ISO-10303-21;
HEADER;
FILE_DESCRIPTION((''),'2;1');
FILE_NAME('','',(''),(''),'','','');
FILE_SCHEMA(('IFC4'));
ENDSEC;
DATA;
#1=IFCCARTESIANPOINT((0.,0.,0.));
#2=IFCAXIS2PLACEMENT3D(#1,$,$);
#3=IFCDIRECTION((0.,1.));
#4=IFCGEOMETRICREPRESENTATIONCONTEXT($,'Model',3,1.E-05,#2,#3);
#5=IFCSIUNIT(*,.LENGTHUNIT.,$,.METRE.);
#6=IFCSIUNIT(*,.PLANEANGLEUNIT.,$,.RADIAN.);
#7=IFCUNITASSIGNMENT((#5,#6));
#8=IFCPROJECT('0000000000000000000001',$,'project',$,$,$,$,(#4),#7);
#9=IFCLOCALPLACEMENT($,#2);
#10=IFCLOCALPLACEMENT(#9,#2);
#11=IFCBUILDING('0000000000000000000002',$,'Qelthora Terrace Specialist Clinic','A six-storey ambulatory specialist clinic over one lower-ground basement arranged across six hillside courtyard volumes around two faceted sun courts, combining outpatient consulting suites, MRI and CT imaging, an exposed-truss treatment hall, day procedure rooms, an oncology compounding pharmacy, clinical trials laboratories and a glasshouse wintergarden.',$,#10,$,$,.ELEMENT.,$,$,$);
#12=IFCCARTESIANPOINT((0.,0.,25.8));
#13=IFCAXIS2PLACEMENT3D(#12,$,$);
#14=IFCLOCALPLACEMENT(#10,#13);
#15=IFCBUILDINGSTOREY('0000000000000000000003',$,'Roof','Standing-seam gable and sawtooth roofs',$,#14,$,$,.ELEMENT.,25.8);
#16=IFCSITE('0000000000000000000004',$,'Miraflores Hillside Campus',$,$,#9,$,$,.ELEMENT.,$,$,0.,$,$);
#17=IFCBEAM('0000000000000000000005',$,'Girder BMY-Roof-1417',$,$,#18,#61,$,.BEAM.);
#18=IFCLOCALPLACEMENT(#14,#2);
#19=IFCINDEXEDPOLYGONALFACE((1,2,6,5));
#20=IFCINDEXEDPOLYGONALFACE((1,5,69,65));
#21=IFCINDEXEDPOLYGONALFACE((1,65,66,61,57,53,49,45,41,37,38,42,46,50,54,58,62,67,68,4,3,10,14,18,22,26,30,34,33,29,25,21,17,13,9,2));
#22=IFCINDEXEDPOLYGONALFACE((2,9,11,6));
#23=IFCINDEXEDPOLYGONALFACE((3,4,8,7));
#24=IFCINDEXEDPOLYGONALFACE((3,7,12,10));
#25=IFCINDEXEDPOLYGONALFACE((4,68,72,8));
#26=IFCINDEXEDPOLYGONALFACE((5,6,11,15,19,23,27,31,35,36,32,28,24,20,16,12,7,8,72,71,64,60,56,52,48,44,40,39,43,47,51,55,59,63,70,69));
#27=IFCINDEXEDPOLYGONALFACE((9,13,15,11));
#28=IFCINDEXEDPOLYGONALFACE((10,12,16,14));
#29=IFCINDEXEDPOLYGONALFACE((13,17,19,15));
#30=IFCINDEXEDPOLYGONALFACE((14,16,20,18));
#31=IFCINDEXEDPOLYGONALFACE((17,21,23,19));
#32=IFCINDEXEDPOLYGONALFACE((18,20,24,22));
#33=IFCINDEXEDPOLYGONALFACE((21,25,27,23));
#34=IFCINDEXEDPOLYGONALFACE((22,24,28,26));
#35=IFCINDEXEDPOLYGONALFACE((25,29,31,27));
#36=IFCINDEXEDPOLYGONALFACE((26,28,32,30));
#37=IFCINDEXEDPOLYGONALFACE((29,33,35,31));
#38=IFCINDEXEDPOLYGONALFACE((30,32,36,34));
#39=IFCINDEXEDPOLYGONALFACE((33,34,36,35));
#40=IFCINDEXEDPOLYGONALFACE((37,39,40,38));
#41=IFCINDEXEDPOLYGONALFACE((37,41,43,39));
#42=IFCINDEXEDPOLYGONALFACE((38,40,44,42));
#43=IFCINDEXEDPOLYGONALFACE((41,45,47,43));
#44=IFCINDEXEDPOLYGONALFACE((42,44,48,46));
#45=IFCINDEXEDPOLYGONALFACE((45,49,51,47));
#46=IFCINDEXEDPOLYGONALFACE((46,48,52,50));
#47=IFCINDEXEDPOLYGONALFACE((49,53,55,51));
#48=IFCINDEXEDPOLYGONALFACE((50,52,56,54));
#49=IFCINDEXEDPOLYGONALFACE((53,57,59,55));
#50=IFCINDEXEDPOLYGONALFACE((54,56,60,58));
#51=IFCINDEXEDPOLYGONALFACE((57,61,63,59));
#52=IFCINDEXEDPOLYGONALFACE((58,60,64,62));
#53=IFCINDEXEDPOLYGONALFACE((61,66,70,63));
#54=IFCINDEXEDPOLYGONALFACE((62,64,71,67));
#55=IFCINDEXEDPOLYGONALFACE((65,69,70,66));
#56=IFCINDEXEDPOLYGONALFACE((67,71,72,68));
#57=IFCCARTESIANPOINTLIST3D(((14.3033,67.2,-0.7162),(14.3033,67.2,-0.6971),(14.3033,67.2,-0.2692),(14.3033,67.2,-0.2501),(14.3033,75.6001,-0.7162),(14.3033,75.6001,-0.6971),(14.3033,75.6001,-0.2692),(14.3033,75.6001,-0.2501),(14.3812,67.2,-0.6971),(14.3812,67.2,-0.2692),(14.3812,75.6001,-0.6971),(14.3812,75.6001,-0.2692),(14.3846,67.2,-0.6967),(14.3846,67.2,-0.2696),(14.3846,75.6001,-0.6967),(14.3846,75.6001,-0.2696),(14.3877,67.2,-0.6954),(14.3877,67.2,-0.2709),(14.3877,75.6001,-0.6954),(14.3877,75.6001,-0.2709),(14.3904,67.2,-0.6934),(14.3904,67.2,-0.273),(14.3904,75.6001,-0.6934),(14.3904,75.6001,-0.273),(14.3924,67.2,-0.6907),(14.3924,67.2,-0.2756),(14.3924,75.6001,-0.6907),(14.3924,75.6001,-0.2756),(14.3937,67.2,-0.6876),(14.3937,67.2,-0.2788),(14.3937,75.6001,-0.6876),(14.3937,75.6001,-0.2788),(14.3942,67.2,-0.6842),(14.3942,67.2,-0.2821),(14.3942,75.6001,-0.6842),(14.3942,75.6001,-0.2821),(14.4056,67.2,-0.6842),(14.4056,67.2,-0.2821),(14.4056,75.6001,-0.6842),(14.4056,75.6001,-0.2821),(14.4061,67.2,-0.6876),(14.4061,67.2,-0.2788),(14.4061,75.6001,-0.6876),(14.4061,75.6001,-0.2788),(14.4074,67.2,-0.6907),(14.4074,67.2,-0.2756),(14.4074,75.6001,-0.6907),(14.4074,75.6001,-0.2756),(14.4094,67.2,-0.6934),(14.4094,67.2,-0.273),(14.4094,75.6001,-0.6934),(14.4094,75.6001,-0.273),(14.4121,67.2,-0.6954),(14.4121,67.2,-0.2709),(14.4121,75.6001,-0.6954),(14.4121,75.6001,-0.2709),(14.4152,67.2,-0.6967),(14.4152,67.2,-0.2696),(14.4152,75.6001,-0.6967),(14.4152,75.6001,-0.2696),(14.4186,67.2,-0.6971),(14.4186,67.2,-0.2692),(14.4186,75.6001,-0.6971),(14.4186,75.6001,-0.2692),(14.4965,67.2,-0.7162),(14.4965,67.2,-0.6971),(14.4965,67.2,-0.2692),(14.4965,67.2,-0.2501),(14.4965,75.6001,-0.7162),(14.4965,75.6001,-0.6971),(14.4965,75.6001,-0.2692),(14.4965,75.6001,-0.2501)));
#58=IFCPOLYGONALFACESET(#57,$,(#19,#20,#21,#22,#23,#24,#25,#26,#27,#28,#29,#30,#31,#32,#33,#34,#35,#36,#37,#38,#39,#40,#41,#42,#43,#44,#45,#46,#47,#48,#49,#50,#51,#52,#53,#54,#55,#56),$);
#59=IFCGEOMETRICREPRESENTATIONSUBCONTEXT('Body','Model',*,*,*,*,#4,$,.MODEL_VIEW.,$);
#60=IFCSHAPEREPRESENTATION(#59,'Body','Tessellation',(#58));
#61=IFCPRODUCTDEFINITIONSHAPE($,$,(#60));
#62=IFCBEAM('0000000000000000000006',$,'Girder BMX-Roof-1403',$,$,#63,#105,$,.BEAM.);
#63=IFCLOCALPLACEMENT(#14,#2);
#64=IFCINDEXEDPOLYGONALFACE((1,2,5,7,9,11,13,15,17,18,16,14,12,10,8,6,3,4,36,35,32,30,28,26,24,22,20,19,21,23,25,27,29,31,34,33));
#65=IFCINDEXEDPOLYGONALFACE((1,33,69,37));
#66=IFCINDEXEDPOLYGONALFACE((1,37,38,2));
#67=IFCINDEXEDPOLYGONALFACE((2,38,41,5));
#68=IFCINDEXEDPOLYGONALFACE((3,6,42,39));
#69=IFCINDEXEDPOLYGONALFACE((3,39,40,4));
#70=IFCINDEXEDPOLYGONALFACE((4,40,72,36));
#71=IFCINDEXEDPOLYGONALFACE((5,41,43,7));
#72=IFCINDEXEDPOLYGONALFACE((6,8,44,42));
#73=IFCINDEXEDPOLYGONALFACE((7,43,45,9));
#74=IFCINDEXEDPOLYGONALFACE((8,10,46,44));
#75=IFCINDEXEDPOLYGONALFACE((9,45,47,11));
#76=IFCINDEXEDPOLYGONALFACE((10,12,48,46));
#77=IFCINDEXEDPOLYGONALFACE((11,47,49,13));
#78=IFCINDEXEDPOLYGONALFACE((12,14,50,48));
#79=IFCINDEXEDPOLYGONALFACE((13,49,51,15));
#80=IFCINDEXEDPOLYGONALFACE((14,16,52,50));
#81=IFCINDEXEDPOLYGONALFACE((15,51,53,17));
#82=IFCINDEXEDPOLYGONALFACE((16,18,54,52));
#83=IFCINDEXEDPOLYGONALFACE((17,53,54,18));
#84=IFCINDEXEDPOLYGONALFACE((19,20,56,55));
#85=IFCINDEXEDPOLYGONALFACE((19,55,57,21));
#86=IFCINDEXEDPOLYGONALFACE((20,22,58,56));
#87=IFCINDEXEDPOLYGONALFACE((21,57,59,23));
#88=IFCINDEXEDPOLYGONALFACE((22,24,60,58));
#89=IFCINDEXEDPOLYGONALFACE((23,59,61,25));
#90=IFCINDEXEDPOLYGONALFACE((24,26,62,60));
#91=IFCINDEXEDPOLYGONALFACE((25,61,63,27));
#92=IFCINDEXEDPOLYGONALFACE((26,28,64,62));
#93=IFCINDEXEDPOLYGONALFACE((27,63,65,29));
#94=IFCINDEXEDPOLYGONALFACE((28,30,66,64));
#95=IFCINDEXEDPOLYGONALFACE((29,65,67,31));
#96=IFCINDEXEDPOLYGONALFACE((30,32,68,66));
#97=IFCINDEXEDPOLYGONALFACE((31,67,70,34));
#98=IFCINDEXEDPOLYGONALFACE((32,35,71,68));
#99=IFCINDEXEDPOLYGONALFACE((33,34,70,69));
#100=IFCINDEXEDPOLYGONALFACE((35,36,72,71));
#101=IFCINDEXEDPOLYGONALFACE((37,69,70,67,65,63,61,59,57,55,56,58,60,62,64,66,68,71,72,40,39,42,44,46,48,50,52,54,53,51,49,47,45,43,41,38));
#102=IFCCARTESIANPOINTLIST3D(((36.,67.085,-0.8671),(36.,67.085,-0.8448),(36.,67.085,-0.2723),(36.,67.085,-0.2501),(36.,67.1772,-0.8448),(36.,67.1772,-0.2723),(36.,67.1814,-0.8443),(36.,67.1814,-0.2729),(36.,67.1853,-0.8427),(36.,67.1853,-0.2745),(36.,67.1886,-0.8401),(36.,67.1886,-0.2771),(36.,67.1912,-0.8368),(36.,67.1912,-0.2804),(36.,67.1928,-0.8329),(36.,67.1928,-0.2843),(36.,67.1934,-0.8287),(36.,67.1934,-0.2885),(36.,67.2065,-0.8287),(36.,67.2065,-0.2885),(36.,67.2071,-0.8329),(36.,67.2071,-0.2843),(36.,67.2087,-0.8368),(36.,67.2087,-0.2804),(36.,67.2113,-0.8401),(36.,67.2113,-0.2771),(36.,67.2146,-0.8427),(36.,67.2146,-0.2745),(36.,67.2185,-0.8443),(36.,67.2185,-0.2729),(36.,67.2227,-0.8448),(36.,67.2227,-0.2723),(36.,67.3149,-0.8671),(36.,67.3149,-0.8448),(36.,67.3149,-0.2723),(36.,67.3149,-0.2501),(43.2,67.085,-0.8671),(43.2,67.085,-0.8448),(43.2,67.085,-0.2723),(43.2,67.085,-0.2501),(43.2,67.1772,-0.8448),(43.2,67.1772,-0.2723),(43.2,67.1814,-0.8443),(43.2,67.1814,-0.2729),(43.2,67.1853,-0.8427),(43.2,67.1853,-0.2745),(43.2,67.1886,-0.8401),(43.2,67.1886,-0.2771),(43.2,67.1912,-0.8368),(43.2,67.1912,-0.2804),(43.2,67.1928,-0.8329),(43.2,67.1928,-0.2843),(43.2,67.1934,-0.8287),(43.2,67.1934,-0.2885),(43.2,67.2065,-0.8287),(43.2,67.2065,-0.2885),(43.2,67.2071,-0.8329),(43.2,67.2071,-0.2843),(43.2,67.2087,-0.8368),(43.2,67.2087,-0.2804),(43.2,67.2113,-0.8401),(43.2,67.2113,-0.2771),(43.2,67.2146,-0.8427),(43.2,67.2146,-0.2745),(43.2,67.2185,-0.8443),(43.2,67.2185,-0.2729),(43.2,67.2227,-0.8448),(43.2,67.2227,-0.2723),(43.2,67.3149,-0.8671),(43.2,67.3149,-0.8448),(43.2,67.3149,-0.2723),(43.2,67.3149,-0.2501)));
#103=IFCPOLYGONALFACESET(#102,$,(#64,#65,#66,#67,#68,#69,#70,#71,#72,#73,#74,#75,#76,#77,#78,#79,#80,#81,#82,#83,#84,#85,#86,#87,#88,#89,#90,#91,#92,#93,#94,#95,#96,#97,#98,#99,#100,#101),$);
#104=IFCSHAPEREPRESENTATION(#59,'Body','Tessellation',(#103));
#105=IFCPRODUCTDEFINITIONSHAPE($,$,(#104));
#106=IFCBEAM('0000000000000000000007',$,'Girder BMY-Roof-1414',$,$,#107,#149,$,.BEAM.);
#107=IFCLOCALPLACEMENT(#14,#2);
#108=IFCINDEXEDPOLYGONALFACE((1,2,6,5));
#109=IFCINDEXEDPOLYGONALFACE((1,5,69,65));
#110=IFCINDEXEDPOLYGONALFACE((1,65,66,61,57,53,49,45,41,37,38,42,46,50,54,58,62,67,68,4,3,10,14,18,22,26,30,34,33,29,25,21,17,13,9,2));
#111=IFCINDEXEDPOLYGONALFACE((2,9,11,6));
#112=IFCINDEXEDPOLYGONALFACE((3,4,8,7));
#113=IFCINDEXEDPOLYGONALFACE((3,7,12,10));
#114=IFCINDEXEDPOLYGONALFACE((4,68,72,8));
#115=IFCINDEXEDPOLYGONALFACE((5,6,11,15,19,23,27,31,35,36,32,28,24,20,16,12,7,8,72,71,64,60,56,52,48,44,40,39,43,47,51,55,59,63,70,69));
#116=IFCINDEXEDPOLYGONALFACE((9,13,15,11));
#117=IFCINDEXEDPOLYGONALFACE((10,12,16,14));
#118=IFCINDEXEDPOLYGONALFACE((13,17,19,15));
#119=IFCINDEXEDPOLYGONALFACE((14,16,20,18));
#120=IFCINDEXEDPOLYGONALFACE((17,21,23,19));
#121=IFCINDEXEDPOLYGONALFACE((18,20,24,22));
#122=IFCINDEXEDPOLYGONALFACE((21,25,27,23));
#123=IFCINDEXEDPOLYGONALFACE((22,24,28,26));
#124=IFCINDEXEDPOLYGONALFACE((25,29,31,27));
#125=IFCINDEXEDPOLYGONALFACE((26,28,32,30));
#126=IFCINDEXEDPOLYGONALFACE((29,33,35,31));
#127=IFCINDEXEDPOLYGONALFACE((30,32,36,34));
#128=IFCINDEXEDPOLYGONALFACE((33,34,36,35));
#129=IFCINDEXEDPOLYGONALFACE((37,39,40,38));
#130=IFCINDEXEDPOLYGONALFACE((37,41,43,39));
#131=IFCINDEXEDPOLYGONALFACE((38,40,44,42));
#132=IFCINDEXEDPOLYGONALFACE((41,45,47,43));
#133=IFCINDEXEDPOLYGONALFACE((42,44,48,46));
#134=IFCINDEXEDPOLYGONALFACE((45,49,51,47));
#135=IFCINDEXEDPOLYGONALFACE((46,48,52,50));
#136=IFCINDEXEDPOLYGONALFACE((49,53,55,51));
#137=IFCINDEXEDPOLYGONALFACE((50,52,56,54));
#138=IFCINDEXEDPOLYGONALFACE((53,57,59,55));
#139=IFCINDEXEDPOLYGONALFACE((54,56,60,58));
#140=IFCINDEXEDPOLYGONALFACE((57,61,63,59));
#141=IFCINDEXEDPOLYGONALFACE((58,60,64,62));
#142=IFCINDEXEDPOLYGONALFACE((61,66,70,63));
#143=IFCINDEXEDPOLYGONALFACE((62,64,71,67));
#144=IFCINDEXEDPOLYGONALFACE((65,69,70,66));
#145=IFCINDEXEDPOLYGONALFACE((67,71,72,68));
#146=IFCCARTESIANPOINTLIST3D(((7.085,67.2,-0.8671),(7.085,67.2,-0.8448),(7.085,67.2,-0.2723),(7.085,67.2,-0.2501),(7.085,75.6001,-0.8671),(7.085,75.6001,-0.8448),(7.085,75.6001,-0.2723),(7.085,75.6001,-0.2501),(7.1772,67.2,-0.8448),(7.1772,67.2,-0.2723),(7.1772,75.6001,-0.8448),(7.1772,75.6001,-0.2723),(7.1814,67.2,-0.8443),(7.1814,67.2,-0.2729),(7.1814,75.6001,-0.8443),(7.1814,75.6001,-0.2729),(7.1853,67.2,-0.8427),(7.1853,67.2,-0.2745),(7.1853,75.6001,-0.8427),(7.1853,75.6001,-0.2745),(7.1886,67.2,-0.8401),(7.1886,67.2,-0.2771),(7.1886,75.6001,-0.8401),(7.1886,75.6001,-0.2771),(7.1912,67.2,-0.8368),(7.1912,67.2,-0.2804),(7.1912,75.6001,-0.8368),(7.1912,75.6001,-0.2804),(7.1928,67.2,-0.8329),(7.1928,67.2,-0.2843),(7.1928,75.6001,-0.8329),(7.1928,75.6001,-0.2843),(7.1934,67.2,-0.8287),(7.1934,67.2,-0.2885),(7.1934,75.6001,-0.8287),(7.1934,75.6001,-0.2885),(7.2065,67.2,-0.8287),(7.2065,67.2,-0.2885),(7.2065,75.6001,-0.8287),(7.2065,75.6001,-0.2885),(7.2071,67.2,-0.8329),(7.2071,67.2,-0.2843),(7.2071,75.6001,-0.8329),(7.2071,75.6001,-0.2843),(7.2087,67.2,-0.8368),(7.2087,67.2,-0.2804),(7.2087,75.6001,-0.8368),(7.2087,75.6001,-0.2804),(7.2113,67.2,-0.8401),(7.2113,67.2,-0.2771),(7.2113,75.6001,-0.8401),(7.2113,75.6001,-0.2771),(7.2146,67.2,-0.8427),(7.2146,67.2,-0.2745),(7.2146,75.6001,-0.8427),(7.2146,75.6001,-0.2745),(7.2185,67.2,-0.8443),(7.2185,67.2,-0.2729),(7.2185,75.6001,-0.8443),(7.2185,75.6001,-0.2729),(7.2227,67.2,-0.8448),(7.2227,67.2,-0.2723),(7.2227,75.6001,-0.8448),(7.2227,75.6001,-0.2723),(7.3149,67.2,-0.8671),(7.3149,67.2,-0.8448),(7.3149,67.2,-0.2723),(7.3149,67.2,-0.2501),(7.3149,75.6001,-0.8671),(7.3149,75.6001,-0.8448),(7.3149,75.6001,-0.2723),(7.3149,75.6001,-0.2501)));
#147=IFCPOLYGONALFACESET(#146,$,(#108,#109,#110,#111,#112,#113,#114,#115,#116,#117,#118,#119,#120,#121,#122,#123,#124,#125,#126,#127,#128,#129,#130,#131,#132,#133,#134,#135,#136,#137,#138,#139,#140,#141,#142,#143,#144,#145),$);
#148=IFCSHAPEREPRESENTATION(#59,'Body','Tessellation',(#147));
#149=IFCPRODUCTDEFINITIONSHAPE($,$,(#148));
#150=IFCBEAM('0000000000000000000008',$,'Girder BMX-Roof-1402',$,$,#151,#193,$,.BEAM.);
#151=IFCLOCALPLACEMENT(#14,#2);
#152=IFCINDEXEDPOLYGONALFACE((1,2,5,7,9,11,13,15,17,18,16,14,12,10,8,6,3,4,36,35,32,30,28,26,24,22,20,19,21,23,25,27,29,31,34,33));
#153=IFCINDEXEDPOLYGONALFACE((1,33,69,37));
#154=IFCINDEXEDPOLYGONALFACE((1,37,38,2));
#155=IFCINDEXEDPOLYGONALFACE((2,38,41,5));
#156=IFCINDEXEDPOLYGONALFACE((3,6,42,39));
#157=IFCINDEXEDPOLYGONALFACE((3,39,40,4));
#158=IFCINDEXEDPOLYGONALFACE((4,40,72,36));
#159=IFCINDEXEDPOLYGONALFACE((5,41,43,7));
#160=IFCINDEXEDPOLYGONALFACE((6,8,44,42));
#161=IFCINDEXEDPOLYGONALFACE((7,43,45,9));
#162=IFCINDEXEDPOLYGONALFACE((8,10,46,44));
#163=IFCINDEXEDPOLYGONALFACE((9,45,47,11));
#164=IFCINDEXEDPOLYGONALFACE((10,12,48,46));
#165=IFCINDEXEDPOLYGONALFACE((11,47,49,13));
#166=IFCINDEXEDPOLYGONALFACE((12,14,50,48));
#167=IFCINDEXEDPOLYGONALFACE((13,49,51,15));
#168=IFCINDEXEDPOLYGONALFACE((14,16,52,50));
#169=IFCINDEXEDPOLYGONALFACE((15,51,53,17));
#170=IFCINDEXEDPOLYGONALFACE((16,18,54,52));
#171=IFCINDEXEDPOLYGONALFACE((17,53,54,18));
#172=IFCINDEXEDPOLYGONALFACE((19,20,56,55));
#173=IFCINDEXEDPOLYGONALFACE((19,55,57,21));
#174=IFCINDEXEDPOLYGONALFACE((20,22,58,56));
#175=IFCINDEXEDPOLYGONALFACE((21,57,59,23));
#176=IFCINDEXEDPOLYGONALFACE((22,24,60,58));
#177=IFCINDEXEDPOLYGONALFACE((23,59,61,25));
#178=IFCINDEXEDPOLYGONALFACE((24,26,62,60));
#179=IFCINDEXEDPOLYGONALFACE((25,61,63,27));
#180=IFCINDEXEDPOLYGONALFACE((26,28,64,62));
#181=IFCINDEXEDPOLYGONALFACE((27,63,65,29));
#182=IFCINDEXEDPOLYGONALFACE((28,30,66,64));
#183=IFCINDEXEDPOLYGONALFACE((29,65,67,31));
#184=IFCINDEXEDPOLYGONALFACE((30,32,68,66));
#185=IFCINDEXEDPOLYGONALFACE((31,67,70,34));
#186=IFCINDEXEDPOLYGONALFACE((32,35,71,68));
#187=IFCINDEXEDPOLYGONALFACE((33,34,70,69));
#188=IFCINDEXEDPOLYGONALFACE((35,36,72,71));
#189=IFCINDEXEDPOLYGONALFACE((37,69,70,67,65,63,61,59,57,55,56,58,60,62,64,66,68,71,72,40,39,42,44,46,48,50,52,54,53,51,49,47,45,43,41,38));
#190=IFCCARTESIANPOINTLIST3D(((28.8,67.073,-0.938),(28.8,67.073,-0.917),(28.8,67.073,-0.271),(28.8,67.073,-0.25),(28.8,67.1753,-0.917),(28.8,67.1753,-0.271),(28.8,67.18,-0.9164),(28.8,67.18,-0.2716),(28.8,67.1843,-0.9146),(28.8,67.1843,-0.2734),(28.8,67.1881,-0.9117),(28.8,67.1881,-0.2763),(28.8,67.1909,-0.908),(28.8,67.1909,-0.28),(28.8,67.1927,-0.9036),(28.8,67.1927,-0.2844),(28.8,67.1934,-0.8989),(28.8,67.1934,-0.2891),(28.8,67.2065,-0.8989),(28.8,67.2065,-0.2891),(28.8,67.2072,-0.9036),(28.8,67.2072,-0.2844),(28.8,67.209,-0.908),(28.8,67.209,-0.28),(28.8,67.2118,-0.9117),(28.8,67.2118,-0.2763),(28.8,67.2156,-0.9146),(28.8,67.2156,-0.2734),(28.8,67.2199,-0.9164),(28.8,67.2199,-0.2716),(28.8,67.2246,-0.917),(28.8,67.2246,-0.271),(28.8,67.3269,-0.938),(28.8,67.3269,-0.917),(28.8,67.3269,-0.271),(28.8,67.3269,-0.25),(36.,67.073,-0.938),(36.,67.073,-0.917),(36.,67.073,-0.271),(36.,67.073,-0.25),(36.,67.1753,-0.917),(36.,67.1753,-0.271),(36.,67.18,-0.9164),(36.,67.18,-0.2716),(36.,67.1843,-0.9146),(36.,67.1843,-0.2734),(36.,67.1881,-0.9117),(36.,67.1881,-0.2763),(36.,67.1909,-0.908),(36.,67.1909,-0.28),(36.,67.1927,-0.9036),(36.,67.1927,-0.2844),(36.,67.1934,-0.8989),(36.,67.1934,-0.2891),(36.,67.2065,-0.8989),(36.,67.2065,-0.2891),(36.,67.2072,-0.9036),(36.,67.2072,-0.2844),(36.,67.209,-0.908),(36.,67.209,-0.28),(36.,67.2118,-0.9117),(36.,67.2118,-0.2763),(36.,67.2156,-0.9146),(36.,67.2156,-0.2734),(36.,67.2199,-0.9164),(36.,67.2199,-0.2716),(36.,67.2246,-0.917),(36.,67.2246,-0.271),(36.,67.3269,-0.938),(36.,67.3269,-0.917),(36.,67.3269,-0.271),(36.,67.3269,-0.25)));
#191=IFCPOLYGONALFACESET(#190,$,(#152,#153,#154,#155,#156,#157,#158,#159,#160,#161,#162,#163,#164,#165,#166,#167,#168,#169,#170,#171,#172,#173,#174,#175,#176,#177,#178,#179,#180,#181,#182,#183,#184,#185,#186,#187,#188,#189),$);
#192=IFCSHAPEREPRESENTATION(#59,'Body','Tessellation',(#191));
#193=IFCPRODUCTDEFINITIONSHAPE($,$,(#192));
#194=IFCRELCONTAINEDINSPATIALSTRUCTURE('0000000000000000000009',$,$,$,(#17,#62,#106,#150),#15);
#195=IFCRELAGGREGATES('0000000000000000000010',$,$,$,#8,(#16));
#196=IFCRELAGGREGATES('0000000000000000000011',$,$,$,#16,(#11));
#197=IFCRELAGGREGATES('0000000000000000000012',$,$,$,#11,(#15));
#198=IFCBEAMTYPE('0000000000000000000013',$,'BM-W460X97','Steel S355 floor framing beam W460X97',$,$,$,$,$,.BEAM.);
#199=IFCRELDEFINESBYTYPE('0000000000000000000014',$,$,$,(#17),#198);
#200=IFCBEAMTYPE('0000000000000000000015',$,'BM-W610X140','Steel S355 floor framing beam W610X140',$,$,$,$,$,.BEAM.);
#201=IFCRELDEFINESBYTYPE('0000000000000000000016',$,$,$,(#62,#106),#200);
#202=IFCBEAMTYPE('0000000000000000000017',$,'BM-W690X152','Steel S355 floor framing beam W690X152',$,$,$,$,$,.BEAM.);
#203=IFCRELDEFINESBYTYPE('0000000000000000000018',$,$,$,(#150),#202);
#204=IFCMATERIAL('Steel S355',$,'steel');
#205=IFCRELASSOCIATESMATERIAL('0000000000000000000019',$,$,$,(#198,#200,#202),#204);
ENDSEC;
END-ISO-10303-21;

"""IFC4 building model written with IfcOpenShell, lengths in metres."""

from ifc_helpers import new_model, si_unit, direction, frame, origin, origin_2d, place, context, subcontext, project, spatial, i_section, extrude, material, material_profile, profile_set, type_object, element, save


model = new_model("IFC4")

# Units and contexts
model_context = context("Model", 3, precision=1e-05, world=origin(), true_north=direction((0.0, 1.0)))
body_context = subcontext(model_context, "Body", "Model", "MODEL_VIEW")
ifc_project = project(units=[si_unit("LENGTHUNIT", "METRE"), si_unit("PLANEANGLEUNIT", "RADIAN")], contexts=[model_context])

# Site, building, storey
site_placement = place(None, origin())
site = spatial("IfcSite", under=ifc_project, at=site_placement, Name="Miraflores Hillside Campus", CompositionType="ELEMENT", RefElevation=0.0)
building_placement = place(site_placement, origin())
building = spatial("IfcBuilding", under=site, at=building_placement, Name="Qelthora Terrace Specialist Clinic", Description="A six-storey ambulatory specialist clinic over one lower-ground basement arranged across six hillside courtyard volumes around two faceted sun courts, combining outpatient consulting suites, MRI and CT imaging, an exposed-truss treatment hall, day procedure rooms, an oncology compounding pharmacy, clinical trials laboratories and a glasshouse wintergarden.", CompositionType="ELEMENT")
storey_placement = place(building_placement, frame((0.0, 0.0, 25.8)))
storey = spatial("IfcBuildingStorey", under=building, at=storey_placement, Name="Roof", Description="Standing-seam gable and sawtooth roofs", CompositionType="ELEMENT", Elevation=25.8)

# Beams
ifc_material_1 = material(Name="Steel S355", Category="steel")
ifc_material_profile_1 = material_profile(ifc_material_1, i_section(OverallWidth=0.1931, OverallDepth=0.4661, WebThickness=0.0115, FlangeThickness=0.019, FilletRadius=0.0129, at=origin_2d()), Name="W460X97")
ifc_profile_set_1 = profile_set([ifc_material_profile_1], Name="Steel S355")
beam_type_1 = type_object("IfcBeamType", Name="BM-W460X97", Description="Steel S355 floor framing beam W460X97", PredefinedType="BEAM", material=ifc_profile_set_1)
beam_1_placement = place(storey_placement, frame((14.3999, 67.2, -0.4832), z_axis=(0.0, 1.0, 0.0), x_axis=(-1.0, 0.0, 0.0)))
element("IfcBeam", 1, at=beam_1_placement, inside=storey, type_object=beam_type_1, Name="Girder BMY-Roof-1417", PredefinedType="BEAM", context=body_context, shape_type="SweptSolid", body=[
    extrude(i_section(OverallWidth=0.1931, OverallDepth=0.4661, WebThickness=0.0115, FlangeThickness=0.019, FilletRadius=0.0129, at=origin_2d()), origin(), (0.0, 0.0, 1.0), 8.4001),
])
ifc_material_profile_2 = material_profile(ifc_material_1, i_section(OverallWidth=0.23, OverallDepth=0.6169, WebThickness=0.0132, FlangeThickness=0.0222, FilletRadius=0.0161, at=origin_2d()), Name="W610X140")
ifc_profile_set_2 = profile_set([ifc_material_profile_2], Name="Steel S355")
beam_type_2 = type_object("IfcBeamType", Name="BM-W610X140", Description="Steel S355 floor framing beam W610X140", PredefinedType="BEAM", material=ifc_profile_set_2)
beam_2_placement = place(storey_placement, frame((36.0, 67.2, -0.5586), z_axis=(1.0, 0.0, 0.0), x_axis=(0.0, 1.0, 0.0)))
element("IfcBeam", 2, at=beam_2_placement, inside=storey, type_object=beam_type_2, Name="Girder BMX-Roof-1403", PredefinedType="BEAM", context=body_context, shape_type="SweptSolid", body=[
    extrude(i_section(OverallWidth=0.23, OverallDepth=0.6169, WebThickness=0.0132, FlangeThickness=0.0222, FilletRadius=0.0161, at=origin_2d()), origin(), (0.0, 0.0, 1.0), 7.2),
])
beam_3_placement = place(storey_placement, frame((7.2, 67.2, -0.5586), z_axis=(0.0, 1.0, 0.0), x_axis=(-1.0, 0.0, 0.0)))
element("IfcBeam", 3, at=beam_3_placement, inside=storey, type_object=beam_type_2, Name="Girder BMY-Roof-1414", PredefinedType="BEAM", context=body_context, shape_type="SweptSolid", body=[
    extrude(i_section(OverallWidth=0.23, OverallDepth=0.6169, WebThickness=0.0132, FlangeThickness=0.0222, FilletRadius=0.0161, at=origin_2d()), origin(), (0.0, 0.0, 1.0), 8.4001),
])
ifc_material_profile_3 = material_profile(ifc_material_1, i_section(OverallWidth=0.2539, OverallDepth=0.688, WebThickness=0.0132, FlangeThickness=0.021, FilletRadius=0.0181, at=origin_2d()), Name="W690X152")
ifc_profile_set_3 = profile_set([ifc_material_profile_3], Name="Steel S355")
beam_type_3 = type_object("IfcBeamType", Name="BM-W690X152", Description="Steel S355 floor framing beam W690X152", PredefinedType="BEAM", material=ifc_profile_set_3)
beam_4_placement = place(storey_placement, frame((28.8, 67.2, -0.594), z_axis=(1.0, 0.0, 0.0), x_axis=(0.0, 1.0, 0.0)))
element("IfcBeam", 4, at=beam_4_placement, inside=storey, type_object=beam_type_3, Name="Girder BMX-Roof-1402", PredefinedType="BEAM", context=body_context, shape_type="SweptSolid", body=[
    extrude(i_section(OverallWidth=0.2539, OverallDepth=0.688, WebThickness=0.0132, FlangeThickness=0.021, FilletRadius=0.0181, at=origin_2d()), origin(), (0.0, 0.0, 1.0), 7.2),
])

save(model, "model.ifc")
